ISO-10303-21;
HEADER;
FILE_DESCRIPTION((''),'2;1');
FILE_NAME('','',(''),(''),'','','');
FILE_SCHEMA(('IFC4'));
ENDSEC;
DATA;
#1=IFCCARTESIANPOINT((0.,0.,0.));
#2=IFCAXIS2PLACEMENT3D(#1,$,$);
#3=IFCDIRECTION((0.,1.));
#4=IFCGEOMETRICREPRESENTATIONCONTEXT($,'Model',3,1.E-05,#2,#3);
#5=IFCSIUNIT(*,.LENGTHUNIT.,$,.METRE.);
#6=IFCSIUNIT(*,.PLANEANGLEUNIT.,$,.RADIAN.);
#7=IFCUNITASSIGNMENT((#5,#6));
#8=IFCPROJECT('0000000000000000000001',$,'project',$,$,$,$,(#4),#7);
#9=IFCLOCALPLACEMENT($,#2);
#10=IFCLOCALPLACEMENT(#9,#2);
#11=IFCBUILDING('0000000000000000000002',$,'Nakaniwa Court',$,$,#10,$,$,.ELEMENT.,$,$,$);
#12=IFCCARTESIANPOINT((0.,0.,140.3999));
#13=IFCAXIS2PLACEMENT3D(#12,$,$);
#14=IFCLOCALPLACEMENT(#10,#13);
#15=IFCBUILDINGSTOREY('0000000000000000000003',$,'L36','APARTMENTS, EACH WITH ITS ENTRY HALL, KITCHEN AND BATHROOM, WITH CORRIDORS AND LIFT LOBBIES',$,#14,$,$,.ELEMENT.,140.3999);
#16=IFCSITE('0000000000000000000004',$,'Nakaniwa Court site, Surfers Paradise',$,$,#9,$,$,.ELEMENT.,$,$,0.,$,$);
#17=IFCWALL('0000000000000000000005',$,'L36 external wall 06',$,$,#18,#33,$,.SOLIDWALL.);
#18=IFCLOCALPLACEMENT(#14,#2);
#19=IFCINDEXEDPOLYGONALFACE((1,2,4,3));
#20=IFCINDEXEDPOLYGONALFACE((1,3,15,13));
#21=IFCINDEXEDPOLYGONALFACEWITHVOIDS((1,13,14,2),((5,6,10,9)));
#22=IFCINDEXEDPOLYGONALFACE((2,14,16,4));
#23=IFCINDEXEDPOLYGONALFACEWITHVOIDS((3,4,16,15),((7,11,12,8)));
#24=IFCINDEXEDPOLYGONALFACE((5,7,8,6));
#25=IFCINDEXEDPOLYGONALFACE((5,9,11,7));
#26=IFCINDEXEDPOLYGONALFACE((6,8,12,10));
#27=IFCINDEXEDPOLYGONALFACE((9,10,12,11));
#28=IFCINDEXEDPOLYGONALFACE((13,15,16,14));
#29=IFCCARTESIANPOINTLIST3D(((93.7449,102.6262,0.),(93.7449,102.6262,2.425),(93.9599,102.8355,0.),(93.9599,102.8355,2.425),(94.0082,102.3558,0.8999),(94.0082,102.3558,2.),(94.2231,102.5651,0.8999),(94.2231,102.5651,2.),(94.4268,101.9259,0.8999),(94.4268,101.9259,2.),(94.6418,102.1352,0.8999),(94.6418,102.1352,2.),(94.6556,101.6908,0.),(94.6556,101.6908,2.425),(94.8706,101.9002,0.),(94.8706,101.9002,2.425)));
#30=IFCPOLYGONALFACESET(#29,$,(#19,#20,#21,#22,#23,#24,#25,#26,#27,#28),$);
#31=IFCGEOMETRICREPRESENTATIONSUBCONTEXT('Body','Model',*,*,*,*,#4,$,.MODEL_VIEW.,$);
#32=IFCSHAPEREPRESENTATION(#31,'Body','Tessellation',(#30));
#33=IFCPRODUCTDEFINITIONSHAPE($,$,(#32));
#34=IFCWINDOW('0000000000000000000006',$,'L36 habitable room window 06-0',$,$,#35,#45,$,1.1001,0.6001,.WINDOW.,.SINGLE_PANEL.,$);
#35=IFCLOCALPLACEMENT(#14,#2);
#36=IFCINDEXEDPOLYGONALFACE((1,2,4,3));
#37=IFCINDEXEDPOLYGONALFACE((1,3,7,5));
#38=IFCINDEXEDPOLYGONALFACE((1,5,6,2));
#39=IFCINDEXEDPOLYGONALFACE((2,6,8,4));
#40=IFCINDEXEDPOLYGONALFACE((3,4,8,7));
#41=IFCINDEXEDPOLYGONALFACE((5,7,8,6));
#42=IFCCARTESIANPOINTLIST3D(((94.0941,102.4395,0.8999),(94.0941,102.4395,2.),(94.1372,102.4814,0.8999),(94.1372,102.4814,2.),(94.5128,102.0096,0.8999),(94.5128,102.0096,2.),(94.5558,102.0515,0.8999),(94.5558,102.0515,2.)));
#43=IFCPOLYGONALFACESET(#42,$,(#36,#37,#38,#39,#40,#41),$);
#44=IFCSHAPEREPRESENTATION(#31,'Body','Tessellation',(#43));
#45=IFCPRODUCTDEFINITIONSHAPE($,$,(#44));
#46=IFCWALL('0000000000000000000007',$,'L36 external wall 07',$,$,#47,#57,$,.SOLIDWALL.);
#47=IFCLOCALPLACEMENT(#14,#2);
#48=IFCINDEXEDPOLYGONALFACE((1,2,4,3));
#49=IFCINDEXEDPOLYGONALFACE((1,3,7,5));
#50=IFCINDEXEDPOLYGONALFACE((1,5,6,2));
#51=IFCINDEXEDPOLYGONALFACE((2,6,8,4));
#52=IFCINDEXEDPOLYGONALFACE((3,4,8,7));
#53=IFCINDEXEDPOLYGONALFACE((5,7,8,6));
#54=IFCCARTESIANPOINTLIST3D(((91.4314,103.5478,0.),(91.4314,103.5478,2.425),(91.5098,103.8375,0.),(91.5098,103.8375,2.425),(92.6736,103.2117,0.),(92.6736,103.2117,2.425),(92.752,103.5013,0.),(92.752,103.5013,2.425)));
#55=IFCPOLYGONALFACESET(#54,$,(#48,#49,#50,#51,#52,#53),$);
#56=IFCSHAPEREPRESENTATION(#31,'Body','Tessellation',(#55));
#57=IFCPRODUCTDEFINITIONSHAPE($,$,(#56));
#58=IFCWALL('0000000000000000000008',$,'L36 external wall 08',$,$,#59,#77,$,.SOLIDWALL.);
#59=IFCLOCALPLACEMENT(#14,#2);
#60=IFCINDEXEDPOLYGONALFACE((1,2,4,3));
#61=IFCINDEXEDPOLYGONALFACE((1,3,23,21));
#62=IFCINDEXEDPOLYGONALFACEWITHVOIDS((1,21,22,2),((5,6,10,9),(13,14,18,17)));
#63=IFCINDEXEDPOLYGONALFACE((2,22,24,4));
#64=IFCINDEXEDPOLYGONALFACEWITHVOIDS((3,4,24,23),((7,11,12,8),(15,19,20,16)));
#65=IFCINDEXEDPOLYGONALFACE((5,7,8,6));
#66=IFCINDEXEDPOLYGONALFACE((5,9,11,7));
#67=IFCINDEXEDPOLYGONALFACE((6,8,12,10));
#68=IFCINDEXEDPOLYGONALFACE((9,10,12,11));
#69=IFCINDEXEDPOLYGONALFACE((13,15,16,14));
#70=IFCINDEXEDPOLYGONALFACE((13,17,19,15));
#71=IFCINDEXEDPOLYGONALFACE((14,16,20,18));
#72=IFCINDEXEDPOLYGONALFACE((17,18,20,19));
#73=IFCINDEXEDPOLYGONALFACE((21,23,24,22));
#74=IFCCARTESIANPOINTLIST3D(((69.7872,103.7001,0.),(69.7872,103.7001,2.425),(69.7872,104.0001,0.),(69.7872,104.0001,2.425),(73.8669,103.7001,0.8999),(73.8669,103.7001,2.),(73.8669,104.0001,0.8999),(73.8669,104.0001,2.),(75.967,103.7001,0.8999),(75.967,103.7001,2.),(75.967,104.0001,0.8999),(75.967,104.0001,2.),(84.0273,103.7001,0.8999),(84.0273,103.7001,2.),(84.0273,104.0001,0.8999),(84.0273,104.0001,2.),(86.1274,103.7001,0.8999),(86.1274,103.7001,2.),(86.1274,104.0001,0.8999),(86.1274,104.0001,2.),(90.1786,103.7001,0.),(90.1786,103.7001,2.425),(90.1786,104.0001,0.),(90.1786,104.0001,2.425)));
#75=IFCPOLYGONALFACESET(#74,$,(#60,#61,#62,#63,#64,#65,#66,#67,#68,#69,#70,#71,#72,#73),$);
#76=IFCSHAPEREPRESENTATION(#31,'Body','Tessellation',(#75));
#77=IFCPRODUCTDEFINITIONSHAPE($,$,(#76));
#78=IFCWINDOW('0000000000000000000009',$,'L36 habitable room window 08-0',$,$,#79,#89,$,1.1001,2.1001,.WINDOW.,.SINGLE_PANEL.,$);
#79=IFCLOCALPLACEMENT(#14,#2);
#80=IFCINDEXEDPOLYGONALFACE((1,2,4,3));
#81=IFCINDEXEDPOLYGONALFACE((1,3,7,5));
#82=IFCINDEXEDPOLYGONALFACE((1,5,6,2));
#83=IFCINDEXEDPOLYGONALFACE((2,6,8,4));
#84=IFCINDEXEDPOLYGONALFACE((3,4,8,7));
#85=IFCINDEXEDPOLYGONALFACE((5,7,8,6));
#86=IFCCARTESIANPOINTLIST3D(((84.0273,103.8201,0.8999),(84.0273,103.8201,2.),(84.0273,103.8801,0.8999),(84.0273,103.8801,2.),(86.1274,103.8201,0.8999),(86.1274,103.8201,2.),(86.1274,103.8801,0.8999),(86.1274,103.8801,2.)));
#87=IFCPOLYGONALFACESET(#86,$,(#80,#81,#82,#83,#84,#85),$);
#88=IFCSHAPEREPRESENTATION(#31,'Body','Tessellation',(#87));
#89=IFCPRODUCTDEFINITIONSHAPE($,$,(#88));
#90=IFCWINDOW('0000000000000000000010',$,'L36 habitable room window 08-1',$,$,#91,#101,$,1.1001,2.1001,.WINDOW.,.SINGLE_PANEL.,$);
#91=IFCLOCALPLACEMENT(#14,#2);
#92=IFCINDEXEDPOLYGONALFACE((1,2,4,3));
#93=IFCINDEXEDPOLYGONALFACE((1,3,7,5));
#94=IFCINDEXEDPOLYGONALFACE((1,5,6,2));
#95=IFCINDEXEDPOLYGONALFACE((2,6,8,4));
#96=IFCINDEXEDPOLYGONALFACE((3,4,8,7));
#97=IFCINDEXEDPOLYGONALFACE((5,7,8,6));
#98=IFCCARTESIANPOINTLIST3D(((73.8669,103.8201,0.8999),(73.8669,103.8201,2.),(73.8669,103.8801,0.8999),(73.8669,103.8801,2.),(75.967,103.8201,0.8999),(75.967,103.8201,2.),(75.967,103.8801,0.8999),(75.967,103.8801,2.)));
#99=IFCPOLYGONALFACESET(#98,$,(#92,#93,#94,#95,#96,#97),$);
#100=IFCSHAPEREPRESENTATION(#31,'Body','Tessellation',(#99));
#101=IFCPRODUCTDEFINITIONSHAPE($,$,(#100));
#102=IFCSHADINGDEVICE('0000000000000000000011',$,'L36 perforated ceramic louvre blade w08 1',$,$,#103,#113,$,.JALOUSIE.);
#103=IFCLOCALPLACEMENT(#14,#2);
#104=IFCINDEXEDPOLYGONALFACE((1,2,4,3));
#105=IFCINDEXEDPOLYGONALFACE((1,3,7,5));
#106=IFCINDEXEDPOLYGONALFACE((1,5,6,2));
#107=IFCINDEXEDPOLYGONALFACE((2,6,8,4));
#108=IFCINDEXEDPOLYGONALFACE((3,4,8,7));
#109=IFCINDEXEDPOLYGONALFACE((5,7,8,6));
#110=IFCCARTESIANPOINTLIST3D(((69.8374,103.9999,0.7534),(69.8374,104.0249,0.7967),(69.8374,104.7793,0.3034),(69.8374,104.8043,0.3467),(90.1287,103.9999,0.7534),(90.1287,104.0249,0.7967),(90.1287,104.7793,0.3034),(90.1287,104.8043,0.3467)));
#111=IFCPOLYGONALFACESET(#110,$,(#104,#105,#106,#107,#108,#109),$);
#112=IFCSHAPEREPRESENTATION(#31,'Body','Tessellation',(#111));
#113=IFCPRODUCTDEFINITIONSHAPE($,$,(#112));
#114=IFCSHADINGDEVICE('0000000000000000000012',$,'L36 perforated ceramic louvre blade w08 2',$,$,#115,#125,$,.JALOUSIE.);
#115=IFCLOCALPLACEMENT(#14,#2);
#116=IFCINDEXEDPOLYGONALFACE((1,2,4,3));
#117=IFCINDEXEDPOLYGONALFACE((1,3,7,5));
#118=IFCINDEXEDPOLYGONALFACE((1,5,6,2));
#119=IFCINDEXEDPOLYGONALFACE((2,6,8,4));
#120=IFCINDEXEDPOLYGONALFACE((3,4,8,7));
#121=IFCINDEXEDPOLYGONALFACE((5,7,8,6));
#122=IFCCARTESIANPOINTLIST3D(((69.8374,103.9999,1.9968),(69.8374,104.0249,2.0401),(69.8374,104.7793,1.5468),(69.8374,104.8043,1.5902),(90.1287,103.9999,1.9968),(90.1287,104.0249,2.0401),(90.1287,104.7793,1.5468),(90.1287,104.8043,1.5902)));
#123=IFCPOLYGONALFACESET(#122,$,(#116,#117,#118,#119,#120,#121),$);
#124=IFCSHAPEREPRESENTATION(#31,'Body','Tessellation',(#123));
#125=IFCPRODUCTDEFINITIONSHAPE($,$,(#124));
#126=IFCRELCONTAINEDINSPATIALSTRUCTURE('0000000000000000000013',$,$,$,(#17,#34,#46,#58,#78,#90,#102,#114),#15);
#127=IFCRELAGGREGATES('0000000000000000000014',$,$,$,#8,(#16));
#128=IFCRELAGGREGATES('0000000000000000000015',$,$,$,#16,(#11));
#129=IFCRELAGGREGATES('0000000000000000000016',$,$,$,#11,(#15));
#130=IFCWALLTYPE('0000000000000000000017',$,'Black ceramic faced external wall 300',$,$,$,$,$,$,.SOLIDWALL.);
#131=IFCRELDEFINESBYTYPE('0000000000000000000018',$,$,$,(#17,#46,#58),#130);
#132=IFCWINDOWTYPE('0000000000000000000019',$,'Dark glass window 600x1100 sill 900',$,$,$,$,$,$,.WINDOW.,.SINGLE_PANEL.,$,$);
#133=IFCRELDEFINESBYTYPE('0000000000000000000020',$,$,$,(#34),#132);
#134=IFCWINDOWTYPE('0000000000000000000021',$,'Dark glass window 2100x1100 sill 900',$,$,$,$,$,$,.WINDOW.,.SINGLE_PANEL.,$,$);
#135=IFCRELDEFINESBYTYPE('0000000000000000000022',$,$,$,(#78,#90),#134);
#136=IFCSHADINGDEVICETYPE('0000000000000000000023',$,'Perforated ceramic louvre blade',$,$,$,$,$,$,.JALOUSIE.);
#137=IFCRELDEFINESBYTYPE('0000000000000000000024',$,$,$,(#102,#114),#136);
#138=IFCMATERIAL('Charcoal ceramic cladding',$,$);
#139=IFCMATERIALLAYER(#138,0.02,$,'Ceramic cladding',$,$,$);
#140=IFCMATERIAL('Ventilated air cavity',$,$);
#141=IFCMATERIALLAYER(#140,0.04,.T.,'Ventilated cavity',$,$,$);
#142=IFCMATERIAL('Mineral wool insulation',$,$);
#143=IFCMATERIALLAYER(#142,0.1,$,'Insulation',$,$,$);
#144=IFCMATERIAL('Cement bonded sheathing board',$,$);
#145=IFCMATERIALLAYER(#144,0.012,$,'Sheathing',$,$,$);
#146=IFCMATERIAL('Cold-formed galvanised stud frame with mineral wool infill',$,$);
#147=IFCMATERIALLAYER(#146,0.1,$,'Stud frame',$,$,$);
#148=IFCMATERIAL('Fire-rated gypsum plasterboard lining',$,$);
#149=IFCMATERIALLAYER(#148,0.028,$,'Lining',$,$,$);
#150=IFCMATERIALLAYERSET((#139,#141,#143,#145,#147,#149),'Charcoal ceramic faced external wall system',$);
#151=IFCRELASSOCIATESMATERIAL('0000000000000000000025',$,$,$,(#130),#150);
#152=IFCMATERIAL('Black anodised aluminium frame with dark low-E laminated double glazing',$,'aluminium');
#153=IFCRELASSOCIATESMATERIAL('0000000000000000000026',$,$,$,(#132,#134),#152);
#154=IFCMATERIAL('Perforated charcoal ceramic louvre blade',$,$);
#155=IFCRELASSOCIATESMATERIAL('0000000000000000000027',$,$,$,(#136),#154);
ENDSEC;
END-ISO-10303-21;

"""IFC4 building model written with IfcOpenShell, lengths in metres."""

from ifc_helpers import new_model, si_unit, direction, frame, frame_2d, origin, origin_2d, place, context, subcontext, project, spatial, rectangle, extrude, material, layer, layer_set, material_profile, profile_set, type_object, element, fill, save


model = new_model("IFC4")

# Units and contexts
model_context = context("Model", 3, precision=1e-05, world=origin(), true_north=direction((0.0, 1.0)))
body_context = subcontext(model_context, "Body", "Model", "MODEL_VIEW")
ifc_project = project(units=[si_unit("LENGTHUNIT", "METRE"), si_unit("PLANEANGLEUNIT", "RADIAN")], contexts=[model_context])

# Site, building, storey
site_placement = place(None, origin())
site = spatial("IfcSite", under=ifc_project, at=site_placement, Name="Nakaniwa Court site, Surfers Paradise", CompositionType="ELEMENT", RefElevation=0.0)
building_placement = place(site_placement, origin())
building = spatial("IfcBuilding", under=site, at=building_placement, Name="Nakaniwa Court", CompositionType="ELEMENT")
storey_placement = place(building_placement, frame((0.0, 0.0, 140.3999)))
storey = spatial("IfcBuildingStorey", under=building, at=storey_placement, Name="L36", Description="APARTMENTS, EACH WITH ITS ENTRY HALL, KITCHEN AND BATHROOM, WITH CORRIDORS AND LIFT LOBBIES", CompositionType="ELEMENT", Elevation=140.3999)

# Wall, opening, window
ifc_material_1 = material(Name="Charcoal ceramic cladding")
ifc_layer_1 = layer(ifc_material_1, 0.02, Name="Ceramic cladding")
ifc_material_2 = material(Name="Ventilated air cavity")
ifc_layer_2 = layer(ifc_material_2, 0.04, ventilated=True, Name="Ventilated cavity")
ifc_material_3 = material(Name="Mineral wool insulation")
ifc_layer_3 = layer(ifc_material_3, 0.1, Name="Insulation")
ifc_material_4 = material(Name="Cement bonded sheathing board")
ifc_layer_4 = layer(ifc_material_4, 0.012, Name="Sheathing")
ifc_material_5 = material(Name="Cold-formed galvanised stud frame with mineral wool infill")
ifc_layer_5 = layer(ifc_material_5, 0.1, Name="Stud frame")
ifc_material_6 = material(Name="Fire-rated gypsum plasterboard lining")
ifc_layer_6 = layer(ifc_material_6, 0.028, Name="Lining")
ifc_layer_set_1 = layer_set([ifc_layer_1, ifc_layer_2, ifc_layer_3, ifc_layer_4, ifc_layer_5, ifc_layer_6], Name="Charcoal ceramic faced external wall system")
wall_type_1 = type_object("IfcWallType", Name="Black ceramic faced external wall 300", PredefinedType="SOLIDWALL", material=ifc_layer_set_1)
wall_1_placement = place(storey_placement, frame((94.7632, 101.7954, 0.0), z_axis=(0.0, 0.0, 1.0), x_axis=(-0.697599, 0.716488, 0.0)))
wall_1 = element("IfcWall", 1, at=wall_1_placement, inside=storey, type_object=wall_type_1, Name="L36 external wall 06", PredefinedType="SOLIDWALL", context=body_context, shape_type="SweptSolid", body=[
    extrude(rectangle(XDim=1.3054, YDim=0.3, at=frame_2d((0.6528, 0.0))), origin(), (0.0, 0.0, 1.0), 2.425),
])
opening_1_placement = place(wall_1_placement, frame((0.3281, 0.0, 0.8999)))
opening_1 = element("IfcOpeningElement", 2, at=opening_1_placement, cuts=wall_1, PredefinedType="OPENING", context=body_context, shape_type="SweptSolid", body=[
    extrude(rectangle(XDim=0.6001, YDim=1.1001, at=frame_2d((0.3, 0.55))), frame((0.0, 0.1599, 0.0), z_axis=(0.0, -1.0, 0.0), x_axis=(1.0, 0.0, 0.0)), (0.0, 0.0, 1.0), 0.3201),
])
ifc_material_7 = material(Name="Black anodised aluminium frame with dark low-E laminated double glazing", Category="aluminium")
window_type_1 = type_object("IfcWindowType", Name="Dark glass window 600x1100 sill 900", PartitioningType="SINGLE_PANEL", PredefinedType="WINDOW", material=ifc_material_7)
window_1_placement = place(opening_1_placement, origin())
window_1 = element("IfcWindow", 3, at=window_1_placement, inside=storey, type_object=window_type_1, Name="L36 habitable room window 06-0", OverallHeight=1.1001, OverallWidth=0.6001, PartitioningType="SINGLE_PANEL", PredefinedType="WINDOW", context=body_context, shape_type="SweptSolid", body=[
    extrude(rectangle(XDim=0.6001, YDim=1.1001, at=frame_2d((0.3, 0.55))), frame((0.0, 0.03, 0.0), z_axis=(0.0, -1.0, 0.0), x_axis=(1.0, 0.0, 0.0)), (0.0, 0.0, 1.0), 0.0601),
])
fill(opening_1, window_1)

# Wall
wall_2_placement = place(storey_placement, frame((92.7129, 103.3564, 0.0), z_axis=(0.0, 0.0, 1.0), x_axis=(-0.965274, 0.261239, 0.0)))
element("IfcWall", 4, at=wall_2_placement, inside=storey, type_object=wall_type_1, Name="L36 external wall 07", PredefinedType="SOLIDWALL", context=body_context, shape_type="SweptSolid", body=[
    extrude(rectangle(XDim=1.2869, YDim=0.3, at=frame_2d((0.6436, 0.0))), origin(), (0.0, 0.0, 1.0), 2.425),
])

# Wall, openings, windows
wall_3_placement = place(storey_placement, frame((90.1787, 103.8501, 0.0), z_axis=(0.0, 0.0, 1.0), x_axis=(-1.0, 0.0, 0.0)))
wall_3 = element("IfcWall", 5, at=wall_3_placement, inside=storey, type_object=wall_type_1, Name="L36 external wall 08", PredefinedType="SOLIDWALL", context=body_context, shape_type="SweptSolid", body=[
    extrude(rectangle(XDim=20.3914, YDim=0.3, at=frame_2d((10.1958, 0.0))), origin(), (0.0, 0.0, 1.0), 2.425),
])
opening_2_placement = place(wall_3_placement, frame((4.0513, 0.0, 0.8999)))
opening_2 = element("IfcOpeningElement", 6, at=opening_2_placement, cuts=wall_3, PredefinedType="OPENING", context=body_context, shape_type="SweptSolid", body=[
    extrude(rectangle(XDim=2.1001, YDim=1.1001, at=frame_2d((1.05, 0.55))), frame((0.0, 0.1599, 0.0), z_axis=(0.0, -1.0, 0.0), x_axis=(1.0, 0.0, 0.0)), (0.0, 0.0, 1.0), 0.3201),
])
opening_3_placement = place(wall_3_placement, frame((14.2117, 0.0, 0.8999)))
opening_3 = element("IfcOpeningElement", 7, at=opening_3_placement, cuts=wall_3, PredefinedType="OPENING", context=body_context, shape_type="SweptSolid", body=[
    extrude(rectangle(XDim=2.1001, YDim=1.1001, at=frame_2d((1.05, 0.55))), frame((0.0, 0.1599, 0.0), z_axis=(0.0, -1.0, 0.0), x_axis=(1.0, 0.0, 0.0)), (0.0, 0.0, 1.0), 0.3201),
])
window_type_2 = type_object("IfcWindowType", Name="Dark glass window 2100x1100 sill 900", PartitioningType="SINGLE_PANEL", PredefinedType="WINDOW", material=ifc_material_7)
window_2_placement = place(opening_2_placement, origin())
window_2 = element("IfcWindow", 8, at=window_2_placement, inside=storey, type_object=window_type_2, Name="L36 habitable room window 08-0", OverallHeight=1.1001, OverallWidth=2.1001, PartitioningType="SINGLE_PANEL", PredefinedType="WINDOW", context=body_context, shape_type="SweptSolid", body=[
    extrude(rectangle(XDim=2.1001, YDim=1.1001, at=frame_2d((1.05, 0.55))), frame((0.0, 0.03, 0.0), z_axis=(0.0, -1.0, 0.0), x_axis=(1.0, 0.0, 0.0)), (0.0, 0.0, 1.0), 0.0601),
])
fill(opening_2, window_2)
window_3_placement = place(opening_3_placement, origin())
window_3 = element("IfcWindow", 9, at=window_3_placement, inside=storey, type_object=window_type_2, Name="L36 habitable room window 08-1", OverallHeight=1.1001, OverallWidth=2.1001, PartitioningType="SINGLE_PANEL", PredefinedType="WINDOW", context=body_context, shape_type="SweptSolid", body=[
    extrude(rectangle(XDim=2.1001, YDim=1.1001, at=frame_2d((1.05, 0.55))), frame((0.0, 0.03, 0.0), z_axis=(0.0, -1.0, 0.0), x_axis=(1.0, 0.0, 0.0)), (0.0, 0.0, 1.0), 0.0601),
])
fill(opening_3, window_3)

# Shading devices
ifc_material_8 = material(Name="Perforated charcoal ceramic louvre blade")
ifc_material_profile_1 = material_profile(ifc_material_8, rectangle(XDim=0.8999, YDim=0.05, at=origin_2d()), Name="Perforated ceramic louvre blade")
ifc_profile_set_1 = profile_set([ifc_material_profile_1], Name="Perforated charcoal ceramic louvre blade")
shading_device_type = type_object("IfcShadingDeviceType", Name="Perforated ceramic louvre blade", PredefinedType="JALOUSIE", material=ifc_profile_set_1)
for number, where, z_axis, x_axis, name in (
    (10, (90.1287, 104.4021, 0.55), (-1.0, 0.0, 0.0), (0.0, -0.866025, 0.5), "L36 perforated ceramic louvre blade w08 1"),
    (11, (90.1287, 104.4021, 1.7935), (-1.0, 0.0, 0.0), (0.0, -0.866025, 0.5), "L36 perforated ceramic louvre blade w08 2"),
):
    element("IfcShadingDevice", number, at=place(storey_placement, frame(where, z_axis=z_axis, x_axis=x_axis)), inside=storey, type_object=shading_device_type, Name=name, PredefinedType="JALOUSIE", context=body_context, shape_type="SweptSolid", body=[
        extrude(rectangle(XDim=0.8999, YDim=0.05, at=origin_2d()), origin(), (0.0, 0.0, 1.0), 20.2913),
    ])

save(model, "model.ifc")
